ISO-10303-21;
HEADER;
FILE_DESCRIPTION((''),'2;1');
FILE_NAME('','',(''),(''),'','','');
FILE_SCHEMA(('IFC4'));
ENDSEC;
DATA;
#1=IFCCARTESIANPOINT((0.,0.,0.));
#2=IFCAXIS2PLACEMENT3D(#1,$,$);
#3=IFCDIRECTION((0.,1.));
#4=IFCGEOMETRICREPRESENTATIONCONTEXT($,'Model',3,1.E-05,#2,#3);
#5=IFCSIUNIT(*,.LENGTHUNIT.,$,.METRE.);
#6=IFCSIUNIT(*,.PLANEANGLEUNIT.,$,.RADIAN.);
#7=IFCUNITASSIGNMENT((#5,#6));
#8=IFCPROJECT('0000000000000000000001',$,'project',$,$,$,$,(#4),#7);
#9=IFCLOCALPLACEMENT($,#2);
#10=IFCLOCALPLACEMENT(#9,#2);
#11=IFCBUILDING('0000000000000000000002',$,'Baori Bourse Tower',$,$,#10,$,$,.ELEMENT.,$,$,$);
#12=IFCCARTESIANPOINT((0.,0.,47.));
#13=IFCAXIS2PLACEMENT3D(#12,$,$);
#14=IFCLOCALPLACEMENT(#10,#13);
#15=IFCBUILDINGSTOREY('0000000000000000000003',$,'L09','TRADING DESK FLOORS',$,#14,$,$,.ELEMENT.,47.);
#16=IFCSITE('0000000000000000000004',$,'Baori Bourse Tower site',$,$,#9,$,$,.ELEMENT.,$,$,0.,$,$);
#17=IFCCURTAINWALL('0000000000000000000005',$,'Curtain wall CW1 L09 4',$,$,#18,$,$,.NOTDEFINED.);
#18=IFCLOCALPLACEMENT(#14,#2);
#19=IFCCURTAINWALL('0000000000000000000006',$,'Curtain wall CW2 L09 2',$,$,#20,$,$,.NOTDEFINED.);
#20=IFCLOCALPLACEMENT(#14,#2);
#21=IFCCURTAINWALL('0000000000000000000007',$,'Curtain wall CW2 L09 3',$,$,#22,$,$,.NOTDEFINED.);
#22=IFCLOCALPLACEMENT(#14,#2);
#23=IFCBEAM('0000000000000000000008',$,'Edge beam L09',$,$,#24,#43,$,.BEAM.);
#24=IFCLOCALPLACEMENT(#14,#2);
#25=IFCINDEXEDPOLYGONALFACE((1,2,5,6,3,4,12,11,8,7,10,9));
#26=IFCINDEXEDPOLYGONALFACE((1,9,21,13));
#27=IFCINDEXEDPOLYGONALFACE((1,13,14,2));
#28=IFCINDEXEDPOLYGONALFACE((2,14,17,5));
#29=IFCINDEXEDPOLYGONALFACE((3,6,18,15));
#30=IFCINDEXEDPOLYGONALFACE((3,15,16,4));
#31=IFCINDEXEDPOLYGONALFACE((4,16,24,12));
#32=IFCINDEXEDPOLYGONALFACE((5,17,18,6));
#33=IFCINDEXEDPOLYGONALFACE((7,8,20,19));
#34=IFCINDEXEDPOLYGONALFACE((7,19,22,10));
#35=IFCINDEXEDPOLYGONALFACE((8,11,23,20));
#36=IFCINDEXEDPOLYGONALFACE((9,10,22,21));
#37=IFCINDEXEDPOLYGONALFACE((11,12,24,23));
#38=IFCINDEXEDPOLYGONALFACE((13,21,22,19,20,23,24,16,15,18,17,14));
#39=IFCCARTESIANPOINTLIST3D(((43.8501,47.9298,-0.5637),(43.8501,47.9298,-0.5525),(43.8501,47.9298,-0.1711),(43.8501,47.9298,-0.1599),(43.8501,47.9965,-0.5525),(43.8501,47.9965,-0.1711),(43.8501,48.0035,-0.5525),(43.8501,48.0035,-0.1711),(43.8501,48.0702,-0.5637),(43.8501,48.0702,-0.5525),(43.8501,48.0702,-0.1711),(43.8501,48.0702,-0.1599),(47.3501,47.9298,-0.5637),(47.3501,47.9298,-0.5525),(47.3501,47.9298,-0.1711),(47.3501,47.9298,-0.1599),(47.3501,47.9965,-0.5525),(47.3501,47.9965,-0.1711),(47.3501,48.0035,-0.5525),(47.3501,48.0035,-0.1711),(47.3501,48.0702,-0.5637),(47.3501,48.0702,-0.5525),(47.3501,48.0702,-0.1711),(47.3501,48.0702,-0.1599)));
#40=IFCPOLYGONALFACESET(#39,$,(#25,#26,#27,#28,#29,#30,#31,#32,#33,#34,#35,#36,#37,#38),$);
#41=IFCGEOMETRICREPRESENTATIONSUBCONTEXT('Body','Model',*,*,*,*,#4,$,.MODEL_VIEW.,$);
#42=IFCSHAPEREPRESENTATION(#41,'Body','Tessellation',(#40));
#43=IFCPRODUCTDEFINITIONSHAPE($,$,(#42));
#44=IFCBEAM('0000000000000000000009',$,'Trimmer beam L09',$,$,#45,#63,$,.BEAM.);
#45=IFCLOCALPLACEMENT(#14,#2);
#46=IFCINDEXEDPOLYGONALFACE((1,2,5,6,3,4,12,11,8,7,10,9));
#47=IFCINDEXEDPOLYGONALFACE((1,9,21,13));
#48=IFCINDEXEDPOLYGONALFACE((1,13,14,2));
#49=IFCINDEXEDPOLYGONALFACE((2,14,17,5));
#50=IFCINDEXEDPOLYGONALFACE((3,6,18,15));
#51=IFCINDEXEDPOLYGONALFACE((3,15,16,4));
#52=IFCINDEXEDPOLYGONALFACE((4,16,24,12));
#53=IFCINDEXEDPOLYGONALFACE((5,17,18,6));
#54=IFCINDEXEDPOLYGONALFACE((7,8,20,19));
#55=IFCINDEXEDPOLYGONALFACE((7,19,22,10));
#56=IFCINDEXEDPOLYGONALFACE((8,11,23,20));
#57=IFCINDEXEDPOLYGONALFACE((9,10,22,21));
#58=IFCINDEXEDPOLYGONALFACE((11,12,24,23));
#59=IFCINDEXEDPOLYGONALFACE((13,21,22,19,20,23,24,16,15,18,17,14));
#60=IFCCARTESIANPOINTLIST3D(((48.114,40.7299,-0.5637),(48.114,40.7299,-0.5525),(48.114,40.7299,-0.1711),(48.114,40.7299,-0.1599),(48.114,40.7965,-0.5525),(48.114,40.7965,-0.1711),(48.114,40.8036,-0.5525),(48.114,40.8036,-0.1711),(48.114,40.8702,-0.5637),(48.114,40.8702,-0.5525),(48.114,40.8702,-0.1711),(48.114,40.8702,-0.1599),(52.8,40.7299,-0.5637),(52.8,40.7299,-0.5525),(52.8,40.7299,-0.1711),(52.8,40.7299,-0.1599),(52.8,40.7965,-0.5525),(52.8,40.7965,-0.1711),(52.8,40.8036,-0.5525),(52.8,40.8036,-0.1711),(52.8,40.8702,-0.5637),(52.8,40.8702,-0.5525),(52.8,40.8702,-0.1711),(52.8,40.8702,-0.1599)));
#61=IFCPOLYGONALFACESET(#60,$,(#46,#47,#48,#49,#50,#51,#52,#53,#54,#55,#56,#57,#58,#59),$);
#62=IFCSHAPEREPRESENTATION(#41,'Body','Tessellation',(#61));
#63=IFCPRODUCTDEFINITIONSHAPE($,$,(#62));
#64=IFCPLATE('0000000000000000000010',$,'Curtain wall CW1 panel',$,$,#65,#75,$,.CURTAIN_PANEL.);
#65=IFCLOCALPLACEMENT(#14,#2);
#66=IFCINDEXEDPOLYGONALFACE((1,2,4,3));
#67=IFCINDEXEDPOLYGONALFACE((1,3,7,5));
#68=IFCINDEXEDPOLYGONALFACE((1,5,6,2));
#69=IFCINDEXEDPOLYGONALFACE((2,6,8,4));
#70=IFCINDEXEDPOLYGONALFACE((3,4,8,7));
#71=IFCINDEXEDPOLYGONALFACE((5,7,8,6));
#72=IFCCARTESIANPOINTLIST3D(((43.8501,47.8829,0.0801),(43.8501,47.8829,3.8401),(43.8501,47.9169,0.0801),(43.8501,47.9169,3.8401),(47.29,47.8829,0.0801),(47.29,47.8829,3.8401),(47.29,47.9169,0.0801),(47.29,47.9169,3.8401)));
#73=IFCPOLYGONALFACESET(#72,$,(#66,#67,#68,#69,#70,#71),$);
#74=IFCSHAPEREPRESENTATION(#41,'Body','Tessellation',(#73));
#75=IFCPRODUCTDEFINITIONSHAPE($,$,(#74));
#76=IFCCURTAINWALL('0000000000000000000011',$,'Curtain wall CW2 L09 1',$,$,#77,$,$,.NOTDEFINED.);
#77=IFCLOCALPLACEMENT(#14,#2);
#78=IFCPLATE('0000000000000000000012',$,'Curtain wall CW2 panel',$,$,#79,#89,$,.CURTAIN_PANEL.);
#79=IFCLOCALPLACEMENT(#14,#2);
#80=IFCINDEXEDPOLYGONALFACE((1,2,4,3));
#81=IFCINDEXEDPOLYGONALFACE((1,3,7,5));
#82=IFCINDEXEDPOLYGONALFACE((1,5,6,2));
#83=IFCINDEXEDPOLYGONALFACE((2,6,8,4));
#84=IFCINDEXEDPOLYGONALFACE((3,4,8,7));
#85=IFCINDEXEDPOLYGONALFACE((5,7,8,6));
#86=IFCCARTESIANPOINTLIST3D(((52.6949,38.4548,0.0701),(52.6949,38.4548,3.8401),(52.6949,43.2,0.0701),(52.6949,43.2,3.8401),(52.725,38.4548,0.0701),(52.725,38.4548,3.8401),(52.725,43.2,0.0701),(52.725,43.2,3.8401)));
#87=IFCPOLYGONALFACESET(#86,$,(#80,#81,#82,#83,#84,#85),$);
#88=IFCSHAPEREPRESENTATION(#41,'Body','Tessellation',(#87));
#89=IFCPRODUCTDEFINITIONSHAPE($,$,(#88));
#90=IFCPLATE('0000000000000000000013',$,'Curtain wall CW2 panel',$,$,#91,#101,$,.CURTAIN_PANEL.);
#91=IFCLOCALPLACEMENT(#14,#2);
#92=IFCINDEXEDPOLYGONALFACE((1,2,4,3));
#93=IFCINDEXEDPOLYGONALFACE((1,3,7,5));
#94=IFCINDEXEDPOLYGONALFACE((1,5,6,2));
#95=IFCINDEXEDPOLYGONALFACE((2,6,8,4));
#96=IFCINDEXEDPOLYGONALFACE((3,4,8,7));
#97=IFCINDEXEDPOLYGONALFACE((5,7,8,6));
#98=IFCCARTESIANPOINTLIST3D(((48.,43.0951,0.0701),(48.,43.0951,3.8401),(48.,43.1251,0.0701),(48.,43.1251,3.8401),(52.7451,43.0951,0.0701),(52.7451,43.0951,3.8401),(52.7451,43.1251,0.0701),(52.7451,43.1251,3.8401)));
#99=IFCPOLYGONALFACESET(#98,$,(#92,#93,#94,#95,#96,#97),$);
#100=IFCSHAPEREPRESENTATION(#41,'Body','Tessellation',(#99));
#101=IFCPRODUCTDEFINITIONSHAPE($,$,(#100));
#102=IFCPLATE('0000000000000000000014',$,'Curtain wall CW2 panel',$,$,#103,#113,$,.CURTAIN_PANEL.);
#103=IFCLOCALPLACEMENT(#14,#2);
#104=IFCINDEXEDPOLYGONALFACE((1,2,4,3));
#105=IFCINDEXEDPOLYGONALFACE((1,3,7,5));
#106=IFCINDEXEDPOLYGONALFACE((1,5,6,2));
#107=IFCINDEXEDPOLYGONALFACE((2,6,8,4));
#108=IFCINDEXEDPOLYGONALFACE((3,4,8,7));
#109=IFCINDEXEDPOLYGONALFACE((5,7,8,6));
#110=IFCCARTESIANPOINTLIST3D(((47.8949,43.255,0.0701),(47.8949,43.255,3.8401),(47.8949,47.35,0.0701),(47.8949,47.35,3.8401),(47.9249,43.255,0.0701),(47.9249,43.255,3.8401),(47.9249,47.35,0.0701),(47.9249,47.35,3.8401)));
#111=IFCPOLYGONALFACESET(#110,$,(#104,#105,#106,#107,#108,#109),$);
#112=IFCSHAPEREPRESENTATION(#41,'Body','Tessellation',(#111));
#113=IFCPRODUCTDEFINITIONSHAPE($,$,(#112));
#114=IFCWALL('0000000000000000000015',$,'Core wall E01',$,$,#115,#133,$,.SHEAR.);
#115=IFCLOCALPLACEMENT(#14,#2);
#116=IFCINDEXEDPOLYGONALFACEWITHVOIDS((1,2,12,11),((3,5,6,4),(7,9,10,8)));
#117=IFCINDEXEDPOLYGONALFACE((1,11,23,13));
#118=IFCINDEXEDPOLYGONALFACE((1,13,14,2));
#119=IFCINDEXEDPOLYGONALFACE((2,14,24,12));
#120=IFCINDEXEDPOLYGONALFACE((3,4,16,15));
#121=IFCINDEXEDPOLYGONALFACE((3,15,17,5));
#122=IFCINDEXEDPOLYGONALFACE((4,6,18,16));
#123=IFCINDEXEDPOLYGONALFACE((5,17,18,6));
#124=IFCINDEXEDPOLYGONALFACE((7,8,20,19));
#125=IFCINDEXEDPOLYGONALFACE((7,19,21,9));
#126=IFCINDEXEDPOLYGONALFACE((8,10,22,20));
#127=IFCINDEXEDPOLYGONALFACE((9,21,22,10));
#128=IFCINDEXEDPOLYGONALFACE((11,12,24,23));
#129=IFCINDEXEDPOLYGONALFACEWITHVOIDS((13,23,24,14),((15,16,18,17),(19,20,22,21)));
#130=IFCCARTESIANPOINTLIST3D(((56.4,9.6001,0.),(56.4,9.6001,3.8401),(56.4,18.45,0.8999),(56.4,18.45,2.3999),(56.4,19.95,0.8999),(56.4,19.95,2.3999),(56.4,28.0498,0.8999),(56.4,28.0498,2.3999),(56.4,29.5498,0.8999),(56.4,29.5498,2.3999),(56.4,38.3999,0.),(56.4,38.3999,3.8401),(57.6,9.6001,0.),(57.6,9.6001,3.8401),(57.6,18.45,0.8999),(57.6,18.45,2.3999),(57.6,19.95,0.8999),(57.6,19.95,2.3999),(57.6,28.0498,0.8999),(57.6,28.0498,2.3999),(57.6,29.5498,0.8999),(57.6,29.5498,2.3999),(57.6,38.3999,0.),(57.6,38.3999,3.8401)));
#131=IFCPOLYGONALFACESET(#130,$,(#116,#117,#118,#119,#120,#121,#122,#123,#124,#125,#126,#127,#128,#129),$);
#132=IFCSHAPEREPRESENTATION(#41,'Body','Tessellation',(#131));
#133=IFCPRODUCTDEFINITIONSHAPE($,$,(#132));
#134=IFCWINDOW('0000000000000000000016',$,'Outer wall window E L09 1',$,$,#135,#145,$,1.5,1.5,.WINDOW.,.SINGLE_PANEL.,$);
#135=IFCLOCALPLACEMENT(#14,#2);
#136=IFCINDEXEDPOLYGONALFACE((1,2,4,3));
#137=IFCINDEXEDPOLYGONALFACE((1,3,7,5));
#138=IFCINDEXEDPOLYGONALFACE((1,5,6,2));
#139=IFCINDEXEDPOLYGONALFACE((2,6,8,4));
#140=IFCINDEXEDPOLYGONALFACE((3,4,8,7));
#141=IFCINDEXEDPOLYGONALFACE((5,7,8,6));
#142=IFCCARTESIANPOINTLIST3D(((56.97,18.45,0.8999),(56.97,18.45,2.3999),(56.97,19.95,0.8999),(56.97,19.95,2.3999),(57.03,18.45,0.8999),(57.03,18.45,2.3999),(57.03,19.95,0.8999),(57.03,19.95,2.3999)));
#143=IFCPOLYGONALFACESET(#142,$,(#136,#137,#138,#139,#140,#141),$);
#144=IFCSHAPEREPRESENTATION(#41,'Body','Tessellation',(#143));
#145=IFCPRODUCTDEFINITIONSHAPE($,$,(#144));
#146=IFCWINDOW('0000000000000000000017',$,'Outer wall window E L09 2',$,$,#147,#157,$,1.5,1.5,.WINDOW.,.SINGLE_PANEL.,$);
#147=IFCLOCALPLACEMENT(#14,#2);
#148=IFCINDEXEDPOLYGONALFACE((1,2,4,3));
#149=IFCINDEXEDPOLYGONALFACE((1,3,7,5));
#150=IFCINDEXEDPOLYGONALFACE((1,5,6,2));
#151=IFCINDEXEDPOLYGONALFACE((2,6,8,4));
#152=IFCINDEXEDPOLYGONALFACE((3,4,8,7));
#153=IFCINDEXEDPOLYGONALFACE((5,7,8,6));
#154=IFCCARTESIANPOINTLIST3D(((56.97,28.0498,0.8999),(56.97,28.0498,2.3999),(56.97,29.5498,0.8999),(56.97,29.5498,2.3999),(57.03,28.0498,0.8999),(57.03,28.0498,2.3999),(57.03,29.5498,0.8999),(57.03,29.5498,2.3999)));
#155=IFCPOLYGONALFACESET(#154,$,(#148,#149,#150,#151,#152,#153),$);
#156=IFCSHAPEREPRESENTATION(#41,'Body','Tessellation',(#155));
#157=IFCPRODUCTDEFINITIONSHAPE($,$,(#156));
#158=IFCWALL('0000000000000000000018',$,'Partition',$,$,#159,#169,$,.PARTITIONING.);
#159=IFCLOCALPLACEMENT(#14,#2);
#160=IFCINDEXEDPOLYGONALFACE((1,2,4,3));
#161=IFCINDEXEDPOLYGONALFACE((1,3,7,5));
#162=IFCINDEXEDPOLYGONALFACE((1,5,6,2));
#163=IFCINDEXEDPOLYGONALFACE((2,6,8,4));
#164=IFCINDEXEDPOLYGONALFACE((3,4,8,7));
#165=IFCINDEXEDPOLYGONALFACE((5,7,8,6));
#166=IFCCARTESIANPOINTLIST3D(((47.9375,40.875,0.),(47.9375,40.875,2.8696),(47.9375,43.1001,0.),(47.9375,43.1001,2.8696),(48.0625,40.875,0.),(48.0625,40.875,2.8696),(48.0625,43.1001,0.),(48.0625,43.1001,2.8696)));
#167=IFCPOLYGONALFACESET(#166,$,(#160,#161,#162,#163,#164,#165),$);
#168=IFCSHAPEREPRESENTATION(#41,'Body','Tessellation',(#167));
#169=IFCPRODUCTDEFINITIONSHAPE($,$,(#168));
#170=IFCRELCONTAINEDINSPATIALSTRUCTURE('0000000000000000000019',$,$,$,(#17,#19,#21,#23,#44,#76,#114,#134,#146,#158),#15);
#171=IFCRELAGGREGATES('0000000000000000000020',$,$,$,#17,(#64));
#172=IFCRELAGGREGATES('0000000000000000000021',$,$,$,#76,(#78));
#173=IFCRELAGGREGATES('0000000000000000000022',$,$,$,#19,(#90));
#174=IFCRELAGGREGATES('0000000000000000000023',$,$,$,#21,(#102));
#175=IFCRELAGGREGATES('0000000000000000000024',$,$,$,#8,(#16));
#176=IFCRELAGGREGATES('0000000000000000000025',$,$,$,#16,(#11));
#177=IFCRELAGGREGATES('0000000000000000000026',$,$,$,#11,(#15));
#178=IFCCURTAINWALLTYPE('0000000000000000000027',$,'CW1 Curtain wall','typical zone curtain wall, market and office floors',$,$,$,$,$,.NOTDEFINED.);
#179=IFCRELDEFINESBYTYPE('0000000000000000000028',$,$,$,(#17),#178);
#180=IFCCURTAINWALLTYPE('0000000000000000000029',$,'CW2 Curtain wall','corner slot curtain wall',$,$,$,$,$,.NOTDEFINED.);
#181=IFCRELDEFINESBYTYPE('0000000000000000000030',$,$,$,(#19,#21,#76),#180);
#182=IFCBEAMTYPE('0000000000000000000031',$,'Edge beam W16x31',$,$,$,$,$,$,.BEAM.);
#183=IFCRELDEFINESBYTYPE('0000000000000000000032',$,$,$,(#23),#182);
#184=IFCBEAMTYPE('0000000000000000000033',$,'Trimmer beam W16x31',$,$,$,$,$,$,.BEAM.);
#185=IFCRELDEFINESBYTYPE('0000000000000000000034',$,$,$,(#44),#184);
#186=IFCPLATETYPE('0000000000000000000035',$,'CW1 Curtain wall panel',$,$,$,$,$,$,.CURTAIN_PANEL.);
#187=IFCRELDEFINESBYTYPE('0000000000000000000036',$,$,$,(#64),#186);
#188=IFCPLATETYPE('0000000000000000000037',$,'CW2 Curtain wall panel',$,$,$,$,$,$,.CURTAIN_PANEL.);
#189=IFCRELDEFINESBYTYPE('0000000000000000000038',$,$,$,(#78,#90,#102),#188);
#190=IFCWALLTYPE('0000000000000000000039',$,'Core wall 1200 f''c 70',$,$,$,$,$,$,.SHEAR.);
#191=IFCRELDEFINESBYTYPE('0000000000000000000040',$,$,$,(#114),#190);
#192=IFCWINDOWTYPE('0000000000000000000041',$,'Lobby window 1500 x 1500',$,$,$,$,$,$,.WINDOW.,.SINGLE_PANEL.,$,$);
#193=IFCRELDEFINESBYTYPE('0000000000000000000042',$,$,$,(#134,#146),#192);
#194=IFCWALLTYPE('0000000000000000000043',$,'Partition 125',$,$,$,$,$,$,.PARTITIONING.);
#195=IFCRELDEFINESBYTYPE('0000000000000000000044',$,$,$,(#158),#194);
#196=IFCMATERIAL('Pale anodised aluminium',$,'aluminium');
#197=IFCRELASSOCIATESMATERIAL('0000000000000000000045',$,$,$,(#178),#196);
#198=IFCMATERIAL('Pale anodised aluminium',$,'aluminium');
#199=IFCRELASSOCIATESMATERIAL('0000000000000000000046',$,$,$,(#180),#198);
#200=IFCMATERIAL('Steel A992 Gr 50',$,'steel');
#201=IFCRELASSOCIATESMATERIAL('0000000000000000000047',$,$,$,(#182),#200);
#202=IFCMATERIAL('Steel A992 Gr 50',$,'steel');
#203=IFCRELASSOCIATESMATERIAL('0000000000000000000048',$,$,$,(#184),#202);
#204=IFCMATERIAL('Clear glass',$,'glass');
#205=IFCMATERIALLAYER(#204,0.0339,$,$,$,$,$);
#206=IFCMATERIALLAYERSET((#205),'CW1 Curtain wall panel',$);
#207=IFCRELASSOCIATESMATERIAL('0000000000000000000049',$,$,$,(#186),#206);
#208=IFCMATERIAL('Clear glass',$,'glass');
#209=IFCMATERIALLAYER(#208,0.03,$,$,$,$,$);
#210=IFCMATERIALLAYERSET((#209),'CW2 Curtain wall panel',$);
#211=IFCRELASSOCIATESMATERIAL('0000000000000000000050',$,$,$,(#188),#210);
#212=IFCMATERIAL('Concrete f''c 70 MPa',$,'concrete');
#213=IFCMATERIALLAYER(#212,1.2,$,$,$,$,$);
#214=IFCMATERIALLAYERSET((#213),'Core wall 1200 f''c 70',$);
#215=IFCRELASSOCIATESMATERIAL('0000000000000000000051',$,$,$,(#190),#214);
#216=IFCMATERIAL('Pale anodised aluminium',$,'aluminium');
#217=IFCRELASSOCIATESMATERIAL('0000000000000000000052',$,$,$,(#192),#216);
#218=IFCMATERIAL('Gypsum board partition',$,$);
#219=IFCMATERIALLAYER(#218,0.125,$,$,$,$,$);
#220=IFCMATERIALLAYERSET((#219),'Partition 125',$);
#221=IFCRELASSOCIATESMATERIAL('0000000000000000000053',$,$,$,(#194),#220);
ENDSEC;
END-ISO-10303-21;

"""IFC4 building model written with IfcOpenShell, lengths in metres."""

from ifc_helpers import new_model, si_unit, direction, frame, frame_2d, origin, origin_2d, place, context, subcontext, project, spatial, rectangle, i_section, extrude, material, layer, layer_set, material_profile, profile_set, type_object, element, fill, aggregate, save


model = new_model("IFC4")

# Units and contexts
model_context = context("Model", 3, precision=1e-05, world=origin(), true_north=direction((0.0, 1.0)))
body_context = subcontext(model_context, "Body", "Model", "MODEL_VIEW")
ifc_project = project(units=[si_unit("LENGTHUNIT", "METRE"), si_unit("PLANEANGLEUNIT", "RADIAN")], contexts=[model_context])

# Site, building, storey
site_placement = place(None, origin())
site = spatial("IfcSite", under=ifc_project, at=site_placement, Name="Baori Bourse Tower site", CompositionType="ELEMENT", RefElevation=0.0)
building_placement = place(site_placement, origin())
building = spatial("IfcBuilding", under=site, at=building_placement, Name="Baori Bourse Tower", CompositionType="ELEMENT")
storey_placement = place(building_placement, frame((0.0, 0.0, 47.0)))
storey = spatial("IfcBuildingStorey", under=building, at=storey_placement, Name="L09", Description="TRADING DESK FLOORS", CompositionType="ELEMENT", Elevation=47.0)

# Curtain wall
ifc_material_1 = material(Name="Pale anodised aluminium", Category="aluminium")
curtain_wall_type_1 = type_object("IfcCurtainWallType", Name="CW1 Curtain wall", Description="typical zone curtain wall, market and office floors", PredefinedType="NOTDEFINED", material=ifc_material_1)
curtain_wall_1_placement = place(storey_placement, origin())
curtain_wall_1 = element("IfcCurtainWall", 1, at=curtain_wall_1_placement, inside=storey, type_object=curtain_wall_type_1, Name="Curtain wall CW1 L09 4", PredefinedType="NOTDEFINED")

# Curtain walls
ifc_material_2 = material(Name="Pale anodised aluminium", Category="aluminium")
curtain_wall_type_2 = type_object("IfcCurtainWallType", Name="CW2 Curtain wall", Description="corner slot curtain wall", PredefinedType="NOTDEFINED", material=ifc_material_2)
curtain_wall_2_placement = place(storey_placement, origin())
curtain_wall_2 = element("IfcCurtainWall", 2, at=curtain_wall_2_placement, inside=storey, type_object=curtain_wall_type_2, Name="Curtain wall CW2 L09 2", PredefinedType="NOTDEFINED")
curtain_wall_3_placement = place(storey_placement, origin())
curtain_wall_3 = element("IfcCurtainWall", 3, at=curtain_wall_3_placement, inside=storey, type_object=curtain_wall_type_2, Name="Curtain wall CW2 L09 3", PredefinedType="NOTDEFINED")

# Beams
ifc_material_3 = material(Name="Steel A992 Gr 50", Category="steel")
ifc_material_profile_1 = material_profile(ifc_material_3, i_section(OverallWidth=0.1404, OverallDepth=0.4038, WebThickness=0.0071, FlangeThickness=0.0112, at=origin_2d()), Name="W16x31")
ifc_profile_set_1 = profile_set([ifc_material_profile_1], Name="Steel A992 Gr 50")
beam_type_1 = type_object("IfcBeamType", Name="Edge beam W16x31", PredefinedType="BEAM", material=ifc_profile_set_1)
beam_1_placement = place(storey_placement, frame((43.8501, 48.0, -0.3618), z_axis=(1.0, 0.0, 0.0), x_axis=(0.0, 1.0, 0.0)))
element("IfcBeam", 4, at=beam_1_placement, inside=storey, type_object=beam_type_1, Name="Edge beam L09", PredefinedType="BEAM", context=body_context, shape_type="SweptSolid", body=[
    extrude(i_section(OverallWidth=0.1404, OverallDepth=0.4038, WebThickness=0.0071, FlangeThickness=0.0112, at=origin_2d()), origin(), (0.0, 0.0, 1.0), 3.5),
])
ifc_material_4 = material(Name="Steel A992 Gr 50", Category="steel")
ifc_material_profile_2 = material_profile(ifc_material_4, i_section(OverallWidth=0.1404, OverallDepth=0.4038, WebThickness=0.0071, FlangeThickness=0.0112, at=origin_2d()), Name="W16x31")
ifc_profile_set_2 = profile_set([ifc_material_profile_2], Name="Steel A992 Gr 50")
beam_type_2 = type_object("IfcBeamType", Name="Trimmer beam W16x31", PredefinedType="BEAM", material=ifc_profile_set_2)
beam_2_placement = place(storey_placement, frame((48.114, 40.8, -0.3618), z_axis=(1.0, 0.0, 0.0), x_axis=(0.0, 1.0, 0.0)))
element("IfcBeam", 5, at=beam_2_placement, inside=storey, type_object=beam_type_2, Name="Trimmer beam L09", PredefinedType="BEAM", context=body_context, shape_type="SweptSolid", body=[
    extrude(i_section(OverallWidth=0.1404, OverallDepth=0.4038, WebThickness=0.0071, FlangeThickness=0.0112, at=origin_2d()), origin(), (0.0, 0.0, 1.0), 4.686),
])

# Plate
ifc_material_5 = material(Name="Clear glass", Category="glass")
ifc_layer_1 = layer(ifc_material_5, 0.0339)
ifc_layer_set_1 = layer_set([ifc_layer_1], Name="CW1 Curtain wall panel")
plate_type_1 = type_object("IfcPlateType", Name="CW1 Curtain wall panel", PredefinedType="CURTAIN_PANEL", material=ifc_layer_set_1)
plate_1_placement = place(storey_placement, frame((45.5701, 47.8999, 0.0801), z_axis=(0.0, 0.0, 1.0), x_axis=(-1.0, 0.0, 0.0)))
plate_1 = element("IfcPlate", 6, at=plate_1_placement, type_object=plate_type_1, Name="Curtain wall CW1 panel", PredefinedType="CURTAIN_PANEL", context=body_context, shape_type="SweptSolid", body=[
    extrude(rectangle(XDim=3.4399, YDim=0.0339, at=origin_2d()), origin(), (0.0, 0.0, 1.0), 3.76),
])
aggregate(curtain_wall_1, [plate_1])

# Curtain wall, plate
curtain_wall_4_placement = place(storey_placement, origin())
curtain_wall_4 = element("IfcCurtainWall", 7, at=curtain_wall_4_placement, inside=storey, type_object=curtain_wall_type_2, Name="Curtain wall CW2 L09 1", PredefinedType="NOTDEFINED")
ifc_material_6 = material(Name="Clear glass", Category="glass")
ifc_layer_2 = layer(ifc_material_6, 0.03)
ifc_layer_set_2 = layer_set([ifc_layer_2], Name="CW2 Curtain wall panel")
plate_type_2 = type_object("IfcPlateType", Name="CW2 Curtain wall panel", PredefinedType="CURTAIN_PANEL", material=ifc_layer_set_2)
plate_2_placement = place(storey_placement, frame((52.71, 40.8274, 0.0701), z_axis=(0.0, 0.0, 1.0), x_axis=(0.0, 1.0, 0.0)))
plate_2 = element("IfcPlate", 8, at=plate_2_placement, type_object=plate_type_2, Name="Curtain wall CW2 panel", PredefinedType="CURTAIN_PANEL", context=body_context, shape_type="SweptSolid", body=[
    extrude(rectangle(XDim=4.7451, YDim=0.03, at=origin_2d()), origin(), (0.0, 0.0, 1.0), 3.77),
])
aggregate(curtain_wall_4, [plate_2])

# Plates
plate_3_placement = place(storey_placement, frame((50.3726, 43.1101, 0.0701), z_axis=(0.0, 0.0, 1.0), x_axis=(-1.0, 0.0, 0.0)))
plate_3 = element("IfcPlate", 9, at=plate_3_placement, type_object=plate_type_2, Name="Curtain wall CW2 panel", PredefinedType="CURTAIN_PANEL", context=body_context, shape_type="SweptSolid", body=[
    extrude(rectangle(XDim=4.7451, YDim=0.03, at=origin_2d()), origin(), (0.0, 0.0, 1.0), 3.77),
])
aggregate(curtain_wall_2, [plate_3])
plate_4_placement = place(storey_placement, frame((47.9099, 45.3025, 0.0701), z_axis=(0.0, 0.0, 1.0), x_axis=(0.0, 1.0, 0.0)))
plate_4 = element("IfcPlate", 10, at=plate_4_placement, type_object=plate_type_2, Name="Curtain wall CW2 panel", PredefinedType="CURTAIN_PANEL", context=body_context, shape_type="SweptSolid", body=[
    extrude(rectangle(XDim=4.095, YDim=0.03, at=origin_2d()), origin(), (0.0, 0.0, 1.0), 3.77),
])
aggregate(curtain_wall_3, [plate_4])

# Wall, openings, windows
ifc_material_7 = material(Name="Concrete f'c 70 MPa", Category="concrete")
ifc_layer_3 = layer(ifc_material_7, 1.2)
ifc_layer_set_3 = layer_set([ifc_layer_3], Name="Core wall 1200 f'c 70")
wall_type_1 = type_object("IfcWallType", Name="Core wall 1200 f'c 70", PredefinedType="SHEAR", material=ifc_layer_set_3)
wall_1_placement = place(storey_placement, frame((57.0, 38.3999, 0.0), z_axis=(0.0, 0.0, 1.0), x_axis=(0.0, -1.0, 0.0)))
wall_1 = element("IfcWall", 11, at=wall_1_placement, inside=storey, type_object=wall_type_1, Name="Core wall E01", PredefinedType="SHEAR", context=body_context, shape_type="SweptSolid", body=[
    extrude(rectangle(XDim=28.7998, YDim=1.2, at=frame_2d((14.3999, 0.0))), origin(), (0.0, 0.0, 1.0), 3.8401),
])
opening_1_placement = place(wall_1_placement, frame((18.45, 0.0, 0.8999)))
opening_1 = element("IfcOpeningElement", 12, at=opening_1_placement, cuts=wall_1, PredefinedType="OPENING", context=body_context, shape_type="SweptSolid", body=[
    extrude(rectangle(XDim=1.5, YDim=1.5, at=frame_2d((0.75, 0.75))), frame((0.0, 0.6099, 0.0), z_axis=(0.0, -1.0, 0.0), x_axis=(1.0, 0.0, 0.0)), (0.0, 0.0, 1.0), 1.22),
])
opening_2_placement = place(wall_1_placement, frame((8.8501, 0.0, 0.8999)))
opening_2 = element("IfcOpeningElement", 13, at=opening_2_placement, cuts=wall_1, PredefinedType="OPENING", context=body_context, shape_type="SweptSolid", body=[
    extrude(rectangle(XDim=1.5, YDim=1.5, at=frame_2d((0.75, 0.75))), frame((0.0, 0.6099, 0.0), z_axis=(0.0, -1.0, 0.0), x_axis=(1.0, 0.0, 0.0)), (0.0, 0.0, 1.0), 1.22),
])
ifc_material_8 = material(Name="Pale anodised aluminium", Category="aluminium")
window_type = type_object("IfcWindowType", Name="Lobby window 1500 x 1500", PartitioningType="SINGLE_PANEL", PredefinedType="WINDOW", material=ifc_material_8)
window_1_placement = place(opening_1_placement, origin())
window_1 = element("IfcWindow", 14, at=window_1_placement, inside=storey, type_object=window_type, Name="Outer wall window E L09 1", OverallHeight=1.5, OverallWidth=1.5, PartitioningType="SINGLE_PANEL", PredefinedType="WINDOW", context=body_context, shape_type="SweptSolid", body=[
    extrude(rectangle(XDim=1.5, YDim=1.5, at=frame_2d((0.75, 0.75))), frame((0.0, 0.03, 0.0), z_axis=(0.0, -1.0, 0.0), x_axis=(1.0, 0.0, 0.0)), (0.0, 0.0, 1.0), 0.0601),
])
fill(opening_1, window_1)
window_2_placement = place(opening_2_placement, origin())
window_2 = element("IfcWindow", 15, at=window_2_placement, inside=storey, type_object=window_type, Name="Outer wall window E L09 2", OverallHeight=1.5, OverallWidth=1.5, PartitioningType="SINGLE_PANEL", PredefinedType="WINDOW", context=body_context, shape_type="SweptSolid", body=[
    extrude(rectangle(XDim=1.5, YDim=1.5, at=frame_2d((0.75, 0.75))), frame((0.0, 0.03, 0.0), z_axis=(0.0, -1.0, 0.0), x_axis=(1.0, 0.0, 0.0)), (0.0, 0.0, 1.0), 0.0601),
])
fill(opening_2, window_2)

# Wall
ifc_material_9 = material(Name="Gypsum board partition")
ifc_layer_4 = layer(ifc_material_9, 0.125)
ifc_layer_set_4 = layer_set([ifc_layer_4], Name="Partition 125")
wall_type_2 = type_object("IfcWallType", Name="Partition 125", PredefinedType="PARTITIONING", material=ifc_layer_set_4)
wall_2_placement = place(storey_placement, frame((48.0, 40.875, 0.0), z_axis=(0.0, 0.0, 1.0), x_axis=(0.0, 1.0, 0.0)))
element("IfcWall", 16, at=wall_2_placement, inside=storey, type_object=wall_type_2, Name="Partition", PredefinedType="PARTITIONING", context=body_context, shape_type="SweptSolid", body=[
    extrude(rectangle(XDim=2.2251, YDim=0.125, at=frame_2d((1.1125, 0.0))), origin(), (0.0, 0.0, 1.0), 2.8696),
])

save(model, "model.ifc")
